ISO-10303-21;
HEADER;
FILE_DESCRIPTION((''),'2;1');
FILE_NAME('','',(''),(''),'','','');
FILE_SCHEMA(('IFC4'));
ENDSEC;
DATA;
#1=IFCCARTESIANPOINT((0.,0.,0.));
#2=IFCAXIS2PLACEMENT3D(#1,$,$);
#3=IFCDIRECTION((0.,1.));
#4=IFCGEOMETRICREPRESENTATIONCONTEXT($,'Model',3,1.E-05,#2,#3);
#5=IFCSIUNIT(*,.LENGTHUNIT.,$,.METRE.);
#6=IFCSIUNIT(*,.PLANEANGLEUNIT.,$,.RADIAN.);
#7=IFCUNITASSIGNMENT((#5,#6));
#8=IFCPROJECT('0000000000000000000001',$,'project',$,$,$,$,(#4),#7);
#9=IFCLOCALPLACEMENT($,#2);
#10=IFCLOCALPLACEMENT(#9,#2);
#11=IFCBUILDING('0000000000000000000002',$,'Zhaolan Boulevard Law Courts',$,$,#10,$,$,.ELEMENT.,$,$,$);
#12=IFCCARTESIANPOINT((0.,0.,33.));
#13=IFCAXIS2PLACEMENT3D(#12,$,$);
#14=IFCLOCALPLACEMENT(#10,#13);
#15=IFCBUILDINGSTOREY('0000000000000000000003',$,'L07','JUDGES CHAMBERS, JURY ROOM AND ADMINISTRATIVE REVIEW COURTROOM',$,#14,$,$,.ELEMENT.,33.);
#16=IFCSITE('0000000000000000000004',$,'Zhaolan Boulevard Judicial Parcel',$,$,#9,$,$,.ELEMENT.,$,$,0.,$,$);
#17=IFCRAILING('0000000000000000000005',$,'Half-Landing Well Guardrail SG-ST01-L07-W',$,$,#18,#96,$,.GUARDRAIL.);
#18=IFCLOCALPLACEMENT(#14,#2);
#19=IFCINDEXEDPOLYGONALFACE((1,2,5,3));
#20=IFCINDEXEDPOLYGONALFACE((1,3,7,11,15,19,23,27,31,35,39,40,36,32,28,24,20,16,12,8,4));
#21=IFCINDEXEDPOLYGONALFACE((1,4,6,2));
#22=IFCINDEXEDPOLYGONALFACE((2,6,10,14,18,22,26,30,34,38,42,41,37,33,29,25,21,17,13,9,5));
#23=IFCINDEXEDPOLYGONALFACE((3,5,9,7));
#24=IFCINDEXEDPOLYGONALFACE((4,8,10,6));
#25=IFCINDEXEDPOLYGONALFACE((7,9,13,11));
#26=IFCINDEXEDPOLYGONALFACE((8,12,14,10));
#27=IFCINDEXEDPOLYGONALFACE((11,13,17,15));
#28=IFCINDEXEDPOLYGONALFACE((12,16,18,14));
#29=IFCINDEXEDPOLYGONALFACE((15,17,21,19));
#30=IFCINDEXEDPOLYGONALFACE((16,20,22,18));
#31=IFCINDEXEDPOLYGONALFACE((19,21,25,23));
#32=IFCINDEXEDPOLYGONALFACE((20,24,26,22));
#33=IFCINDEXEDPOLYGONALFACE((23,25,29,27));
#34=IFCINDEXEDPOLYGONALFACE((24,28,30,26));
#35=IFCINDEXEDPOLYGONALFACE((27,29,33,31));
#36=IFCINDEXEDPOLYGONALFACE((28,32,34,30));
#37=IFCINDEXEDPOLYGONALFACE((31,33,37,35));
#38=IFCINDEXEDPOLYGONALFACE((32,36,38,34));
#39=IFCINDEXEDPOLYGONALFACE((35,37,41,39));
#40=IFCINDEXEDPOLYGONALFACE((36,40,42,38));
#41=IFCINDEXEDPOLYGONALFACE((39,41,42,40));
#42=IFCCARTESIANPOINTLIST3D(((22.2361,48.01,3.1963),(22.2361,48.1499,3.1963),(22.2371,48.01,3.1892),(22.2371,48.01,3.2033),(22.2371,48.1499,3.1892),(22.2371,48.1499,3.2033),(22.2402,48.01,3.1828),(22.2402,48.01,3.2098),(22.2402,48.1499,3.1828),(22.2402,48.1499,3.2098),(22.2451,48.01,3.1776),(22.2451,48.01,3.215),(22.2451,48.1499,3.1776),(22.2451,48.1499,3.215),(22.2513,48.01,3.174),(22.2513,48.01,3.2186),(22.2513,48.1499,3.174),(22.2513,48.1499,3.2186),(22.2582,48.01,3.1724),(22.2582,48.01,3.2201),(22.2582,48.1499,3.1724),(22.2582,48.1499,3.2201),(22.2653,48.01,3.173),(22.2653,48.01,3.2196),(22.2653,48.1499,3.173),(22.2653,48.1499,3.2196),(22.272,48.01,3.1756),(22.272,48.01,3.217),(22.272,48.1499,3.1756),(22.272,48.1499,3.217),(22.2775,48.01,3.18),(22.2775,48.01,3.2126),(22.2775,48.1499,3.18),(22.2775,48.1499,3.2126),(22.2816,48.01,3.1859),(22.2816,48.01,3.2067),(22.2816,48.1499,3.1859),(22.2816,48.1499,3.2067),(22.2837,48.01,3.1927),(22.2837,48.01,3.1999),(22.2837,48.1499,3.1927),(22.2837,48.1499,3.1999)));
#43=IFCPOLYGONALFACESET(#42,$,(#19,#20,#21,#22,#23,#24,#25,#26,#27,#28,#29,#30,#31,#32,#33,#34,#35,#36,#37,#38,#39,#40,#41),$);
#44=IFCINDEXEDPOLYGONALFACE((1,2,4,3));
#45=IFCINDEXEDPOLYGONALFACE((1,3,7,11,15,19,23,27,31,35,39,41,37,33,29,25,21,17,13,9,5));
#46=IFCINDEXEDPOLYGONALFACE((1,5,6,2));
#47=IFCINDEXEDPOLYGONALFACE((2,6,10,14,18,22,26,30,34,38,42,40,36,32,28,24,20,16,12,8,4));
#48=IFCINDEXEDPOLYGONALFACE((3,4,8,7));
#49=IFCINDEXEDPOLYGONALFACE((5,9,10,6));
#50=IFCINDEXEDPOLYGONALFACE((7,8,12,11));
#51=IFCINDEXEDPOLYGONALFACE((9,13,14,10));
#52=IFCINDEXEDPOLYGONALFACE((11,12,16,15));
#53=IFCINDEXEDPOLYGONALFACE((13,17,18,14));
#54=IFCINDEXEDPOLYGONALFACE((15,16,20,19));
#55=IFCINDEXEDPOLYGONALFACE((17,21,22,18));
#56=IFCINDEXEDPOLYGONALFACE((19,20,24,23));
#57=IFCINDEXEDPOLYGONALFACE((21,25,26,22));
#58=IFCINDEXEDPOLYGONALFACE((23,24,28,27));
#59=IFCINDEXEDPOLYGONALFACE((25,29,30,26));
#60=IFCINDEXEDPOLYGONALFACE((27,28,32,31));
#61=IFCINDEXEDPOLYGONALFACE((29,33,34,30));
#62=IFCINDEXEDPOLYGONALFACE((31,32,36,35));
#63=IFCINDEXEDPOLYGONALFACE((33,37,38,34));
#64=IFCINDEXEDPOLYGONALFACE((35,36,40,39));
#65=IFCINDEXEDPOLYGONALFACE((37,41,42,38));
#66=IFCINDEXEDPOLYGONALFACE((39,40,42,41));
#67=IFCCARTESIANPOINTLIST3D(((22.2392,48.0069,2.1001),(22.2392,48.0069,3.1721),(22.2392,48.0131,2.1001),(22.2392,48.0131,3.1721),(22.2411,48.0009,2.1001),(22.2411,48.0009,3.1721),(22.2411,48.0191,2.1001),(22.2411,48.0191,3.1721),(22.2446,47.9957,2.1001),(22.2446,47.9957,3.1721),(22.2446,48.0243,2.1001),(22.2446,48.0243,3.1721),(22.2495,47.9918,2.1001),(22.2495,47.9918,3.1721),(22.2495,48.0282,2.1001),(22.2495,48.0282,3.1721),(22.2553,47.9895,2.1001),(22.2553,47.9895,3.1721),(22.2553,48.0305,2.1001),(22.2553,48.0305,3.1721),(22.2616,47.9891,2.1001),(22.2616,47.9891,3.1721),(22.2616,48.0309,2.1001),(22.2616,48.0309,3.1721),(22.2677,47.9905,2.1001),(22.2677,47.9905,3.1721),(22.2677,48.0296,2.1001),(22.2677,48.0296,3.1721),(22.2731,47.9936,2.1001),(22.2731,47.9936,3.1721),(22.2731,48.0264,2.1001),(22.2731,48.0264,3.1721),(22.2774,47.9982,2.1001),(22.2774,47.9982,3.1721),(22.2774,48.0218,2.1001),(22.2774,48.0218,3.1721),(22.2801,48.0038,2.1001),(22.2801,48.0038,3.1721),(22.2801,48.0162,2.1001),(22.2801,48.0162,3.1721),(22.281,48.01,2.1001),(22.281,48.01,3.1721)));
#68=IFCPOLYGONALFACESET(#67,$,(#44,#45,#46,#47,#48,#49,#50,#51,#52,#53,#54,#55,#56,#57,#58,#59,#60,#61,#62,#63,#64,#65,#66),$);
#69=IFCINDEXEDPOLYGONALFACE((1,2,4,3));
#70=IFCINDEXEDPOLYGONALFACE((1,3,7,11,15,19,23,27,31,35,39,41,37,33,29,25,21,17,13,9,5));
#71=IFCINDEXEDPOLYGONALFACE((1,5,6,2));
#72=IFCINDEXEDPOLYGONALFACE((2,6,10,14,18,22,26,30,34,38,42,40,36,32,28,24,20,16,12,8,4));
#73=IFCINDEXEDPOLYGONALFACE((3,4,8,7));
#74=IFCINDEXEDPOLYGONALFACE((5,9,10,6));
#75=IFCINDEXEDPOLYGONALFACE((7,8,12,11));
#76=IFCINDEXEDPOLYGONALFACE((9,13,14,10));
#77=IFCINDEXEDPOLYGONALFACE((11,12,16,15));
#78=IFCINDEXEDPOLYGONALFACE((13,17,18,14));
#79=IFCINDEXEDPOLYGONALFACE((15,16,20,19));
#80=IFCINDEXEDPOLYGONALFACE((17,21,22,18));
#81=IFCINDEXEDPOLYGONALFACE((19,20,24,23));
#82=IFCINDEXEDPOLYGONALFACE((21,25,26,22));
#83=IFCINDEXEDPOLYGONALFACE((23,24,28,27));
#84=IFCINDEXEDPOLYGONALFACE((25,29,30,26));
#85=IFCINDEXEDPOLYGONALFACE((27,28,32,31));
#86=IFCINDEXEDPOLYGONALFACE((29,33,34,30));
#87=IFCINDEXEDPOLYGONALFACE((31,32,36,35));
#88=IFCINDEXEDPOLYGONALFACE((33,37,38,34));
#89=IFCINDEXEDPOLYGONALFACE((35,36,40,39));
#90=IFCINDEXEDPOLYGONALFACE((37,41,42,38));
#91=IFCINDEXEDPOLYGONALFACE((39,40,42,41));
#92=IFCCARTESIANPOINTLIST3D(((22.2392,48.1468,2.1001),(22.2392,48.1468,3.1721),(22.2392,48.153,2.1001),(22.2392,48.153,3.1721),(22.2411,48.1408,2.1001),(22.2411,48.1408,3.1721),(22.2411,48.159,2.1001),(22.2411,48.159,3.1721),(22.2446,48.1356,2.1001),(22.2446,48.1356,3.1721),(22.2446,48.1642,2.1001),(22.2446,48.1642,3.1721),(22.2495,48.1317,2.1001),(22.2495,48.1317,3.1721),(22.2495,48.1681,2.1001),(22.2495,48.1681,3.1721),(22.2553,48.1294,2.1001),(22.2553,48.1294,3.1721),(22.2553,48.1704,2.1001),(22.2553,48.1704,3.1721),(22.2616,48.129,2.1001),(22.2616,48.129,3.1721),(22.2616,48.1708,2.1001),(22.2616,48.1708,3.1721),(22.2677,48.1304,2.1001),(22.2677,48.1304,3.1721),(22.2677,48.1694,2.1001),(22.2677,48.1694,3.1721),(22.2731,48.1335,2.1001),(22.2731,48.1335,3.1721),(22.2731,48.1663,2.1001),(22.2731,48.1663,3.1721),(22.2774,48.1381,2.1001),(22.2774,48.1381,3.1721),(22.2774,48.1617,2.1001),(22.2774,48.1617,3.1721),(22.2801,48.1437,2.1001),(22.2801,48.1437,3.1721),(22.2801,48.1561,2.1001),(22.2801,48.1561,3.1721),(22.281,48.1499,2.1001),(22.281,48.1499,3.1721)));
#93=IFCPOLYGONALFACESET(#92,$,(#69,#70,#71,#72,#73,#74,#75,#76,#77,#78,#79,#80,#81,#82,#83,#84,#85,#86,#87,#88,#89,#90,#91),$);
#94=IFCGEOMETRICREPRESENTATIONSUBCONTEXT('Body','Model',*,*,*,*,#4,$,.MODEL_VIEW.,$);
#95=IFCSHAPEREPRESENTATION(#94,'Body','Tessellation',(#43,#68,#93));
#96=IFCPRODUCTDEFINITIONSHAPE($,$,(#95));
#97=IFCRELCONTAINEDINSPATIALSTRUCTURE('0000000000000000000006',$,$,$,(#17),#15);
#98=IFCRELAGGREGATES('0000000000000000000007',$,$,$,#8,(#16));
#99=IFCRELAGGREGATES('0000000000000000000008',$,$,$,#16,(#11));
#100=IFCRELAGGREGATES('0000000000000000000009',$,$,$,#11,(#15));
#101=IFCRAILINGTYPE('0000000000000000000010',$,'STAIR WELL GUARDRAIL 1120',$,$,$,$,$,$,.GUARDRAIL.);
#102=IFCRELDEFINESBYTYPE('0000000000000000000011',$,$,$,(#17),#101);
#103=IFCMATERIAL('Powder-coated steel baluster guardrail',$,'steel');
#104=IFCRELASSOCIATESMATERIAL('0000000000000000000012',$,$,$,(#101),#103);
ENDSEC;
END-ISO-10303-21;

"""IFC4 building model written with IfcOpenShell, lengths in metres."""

from ifc_helpers import new_model, si_unit, direction, frame, origin, origin_2d, place, context, subcontext, project, spatial, circle, extrude, material, type_object, element, save


model = new_model("IFC4")

# Units and contexts
model_context = context("Model", 3, precision=1e-05, world=origin(), true_north=direction((0.0, 1.0)))
body_context = subcontext(model_context, "Body", "Model", "MODEL_VIEW")
ifc_project = project(units=[si_unit("LENGTHUNIT", "METRE"), si_unit("PLANEANGLEUNIT", "RADIAN")], contexts=[model_context])

# Site, building, storey
site_placement = place(None, origin())
site = spatial("IfcSite", under=ifc_project, at=site_placement, Name="Zhaolan Boulevard Judicial Parcel", CompositionType="ELEMENT", RefElevation=0.0)
building_placement = place(site_placement, origin())
building = spatial("IfcBuilding", under=site, at=building_placement, Name="Zhaolan Boulevard Law Courts", CompositionType="ELEMENT")
storey_placement = place(building_placement, frame((0.0, 0.0, 33.0)))
storey = spatial("IfcBuildingStorey", under=building, at=storey_placement, Name="L07", Description="JUDGES CHAMBERS, JURY ROOM AND ADMINISTRATIVE REVIEW COURTROOM", CompositionType="ELEMENT", Elevation=33.0)

# Railing
ifc_material_1 = material(Name="Powder-coated steel baluster guardrail", Category="steel")
railing_type_1 = type_object("IfcRailingType", Name="STAIR WELL GUARDRAIL 1120", PredefinedType="GUARDRAIL", material=ifc_material_1)
railing_1_placement = place(storey_placement, frame((22.26, 48.01, 2.1001)))
element("IfcRailing", 1, at=railing_1_placement, inside=storey, type_object=railing_type_1, Name="Half-Landing Well Guardrail SG-ST01-L07-W", PredefinedType="GUARDRAIL", context=body_context, shape_type="SweptSolid", body=[
    extrude(circle(Radius=0.0239, at=origin_2d()), frame((0.0, 0.0, 1.0962), z_axis=(0.0, 1.0, 0.0), x_axis=(-1.0, 0.0, 0.0)), (0.0, 0.0, 1.0), 0.1399),
    extrude(circle(Radius=0.021, at=origin_2d()), origin(), (0.0, 0.0, 1.0), 1.072),
    extrude(circle(Radius=0.021, at=origin_2d()), frame((0.0, 0.1399, 0.0)), (0.0, 0.0, 1.0), 1.072),
])

save(model, "model.ifc")
